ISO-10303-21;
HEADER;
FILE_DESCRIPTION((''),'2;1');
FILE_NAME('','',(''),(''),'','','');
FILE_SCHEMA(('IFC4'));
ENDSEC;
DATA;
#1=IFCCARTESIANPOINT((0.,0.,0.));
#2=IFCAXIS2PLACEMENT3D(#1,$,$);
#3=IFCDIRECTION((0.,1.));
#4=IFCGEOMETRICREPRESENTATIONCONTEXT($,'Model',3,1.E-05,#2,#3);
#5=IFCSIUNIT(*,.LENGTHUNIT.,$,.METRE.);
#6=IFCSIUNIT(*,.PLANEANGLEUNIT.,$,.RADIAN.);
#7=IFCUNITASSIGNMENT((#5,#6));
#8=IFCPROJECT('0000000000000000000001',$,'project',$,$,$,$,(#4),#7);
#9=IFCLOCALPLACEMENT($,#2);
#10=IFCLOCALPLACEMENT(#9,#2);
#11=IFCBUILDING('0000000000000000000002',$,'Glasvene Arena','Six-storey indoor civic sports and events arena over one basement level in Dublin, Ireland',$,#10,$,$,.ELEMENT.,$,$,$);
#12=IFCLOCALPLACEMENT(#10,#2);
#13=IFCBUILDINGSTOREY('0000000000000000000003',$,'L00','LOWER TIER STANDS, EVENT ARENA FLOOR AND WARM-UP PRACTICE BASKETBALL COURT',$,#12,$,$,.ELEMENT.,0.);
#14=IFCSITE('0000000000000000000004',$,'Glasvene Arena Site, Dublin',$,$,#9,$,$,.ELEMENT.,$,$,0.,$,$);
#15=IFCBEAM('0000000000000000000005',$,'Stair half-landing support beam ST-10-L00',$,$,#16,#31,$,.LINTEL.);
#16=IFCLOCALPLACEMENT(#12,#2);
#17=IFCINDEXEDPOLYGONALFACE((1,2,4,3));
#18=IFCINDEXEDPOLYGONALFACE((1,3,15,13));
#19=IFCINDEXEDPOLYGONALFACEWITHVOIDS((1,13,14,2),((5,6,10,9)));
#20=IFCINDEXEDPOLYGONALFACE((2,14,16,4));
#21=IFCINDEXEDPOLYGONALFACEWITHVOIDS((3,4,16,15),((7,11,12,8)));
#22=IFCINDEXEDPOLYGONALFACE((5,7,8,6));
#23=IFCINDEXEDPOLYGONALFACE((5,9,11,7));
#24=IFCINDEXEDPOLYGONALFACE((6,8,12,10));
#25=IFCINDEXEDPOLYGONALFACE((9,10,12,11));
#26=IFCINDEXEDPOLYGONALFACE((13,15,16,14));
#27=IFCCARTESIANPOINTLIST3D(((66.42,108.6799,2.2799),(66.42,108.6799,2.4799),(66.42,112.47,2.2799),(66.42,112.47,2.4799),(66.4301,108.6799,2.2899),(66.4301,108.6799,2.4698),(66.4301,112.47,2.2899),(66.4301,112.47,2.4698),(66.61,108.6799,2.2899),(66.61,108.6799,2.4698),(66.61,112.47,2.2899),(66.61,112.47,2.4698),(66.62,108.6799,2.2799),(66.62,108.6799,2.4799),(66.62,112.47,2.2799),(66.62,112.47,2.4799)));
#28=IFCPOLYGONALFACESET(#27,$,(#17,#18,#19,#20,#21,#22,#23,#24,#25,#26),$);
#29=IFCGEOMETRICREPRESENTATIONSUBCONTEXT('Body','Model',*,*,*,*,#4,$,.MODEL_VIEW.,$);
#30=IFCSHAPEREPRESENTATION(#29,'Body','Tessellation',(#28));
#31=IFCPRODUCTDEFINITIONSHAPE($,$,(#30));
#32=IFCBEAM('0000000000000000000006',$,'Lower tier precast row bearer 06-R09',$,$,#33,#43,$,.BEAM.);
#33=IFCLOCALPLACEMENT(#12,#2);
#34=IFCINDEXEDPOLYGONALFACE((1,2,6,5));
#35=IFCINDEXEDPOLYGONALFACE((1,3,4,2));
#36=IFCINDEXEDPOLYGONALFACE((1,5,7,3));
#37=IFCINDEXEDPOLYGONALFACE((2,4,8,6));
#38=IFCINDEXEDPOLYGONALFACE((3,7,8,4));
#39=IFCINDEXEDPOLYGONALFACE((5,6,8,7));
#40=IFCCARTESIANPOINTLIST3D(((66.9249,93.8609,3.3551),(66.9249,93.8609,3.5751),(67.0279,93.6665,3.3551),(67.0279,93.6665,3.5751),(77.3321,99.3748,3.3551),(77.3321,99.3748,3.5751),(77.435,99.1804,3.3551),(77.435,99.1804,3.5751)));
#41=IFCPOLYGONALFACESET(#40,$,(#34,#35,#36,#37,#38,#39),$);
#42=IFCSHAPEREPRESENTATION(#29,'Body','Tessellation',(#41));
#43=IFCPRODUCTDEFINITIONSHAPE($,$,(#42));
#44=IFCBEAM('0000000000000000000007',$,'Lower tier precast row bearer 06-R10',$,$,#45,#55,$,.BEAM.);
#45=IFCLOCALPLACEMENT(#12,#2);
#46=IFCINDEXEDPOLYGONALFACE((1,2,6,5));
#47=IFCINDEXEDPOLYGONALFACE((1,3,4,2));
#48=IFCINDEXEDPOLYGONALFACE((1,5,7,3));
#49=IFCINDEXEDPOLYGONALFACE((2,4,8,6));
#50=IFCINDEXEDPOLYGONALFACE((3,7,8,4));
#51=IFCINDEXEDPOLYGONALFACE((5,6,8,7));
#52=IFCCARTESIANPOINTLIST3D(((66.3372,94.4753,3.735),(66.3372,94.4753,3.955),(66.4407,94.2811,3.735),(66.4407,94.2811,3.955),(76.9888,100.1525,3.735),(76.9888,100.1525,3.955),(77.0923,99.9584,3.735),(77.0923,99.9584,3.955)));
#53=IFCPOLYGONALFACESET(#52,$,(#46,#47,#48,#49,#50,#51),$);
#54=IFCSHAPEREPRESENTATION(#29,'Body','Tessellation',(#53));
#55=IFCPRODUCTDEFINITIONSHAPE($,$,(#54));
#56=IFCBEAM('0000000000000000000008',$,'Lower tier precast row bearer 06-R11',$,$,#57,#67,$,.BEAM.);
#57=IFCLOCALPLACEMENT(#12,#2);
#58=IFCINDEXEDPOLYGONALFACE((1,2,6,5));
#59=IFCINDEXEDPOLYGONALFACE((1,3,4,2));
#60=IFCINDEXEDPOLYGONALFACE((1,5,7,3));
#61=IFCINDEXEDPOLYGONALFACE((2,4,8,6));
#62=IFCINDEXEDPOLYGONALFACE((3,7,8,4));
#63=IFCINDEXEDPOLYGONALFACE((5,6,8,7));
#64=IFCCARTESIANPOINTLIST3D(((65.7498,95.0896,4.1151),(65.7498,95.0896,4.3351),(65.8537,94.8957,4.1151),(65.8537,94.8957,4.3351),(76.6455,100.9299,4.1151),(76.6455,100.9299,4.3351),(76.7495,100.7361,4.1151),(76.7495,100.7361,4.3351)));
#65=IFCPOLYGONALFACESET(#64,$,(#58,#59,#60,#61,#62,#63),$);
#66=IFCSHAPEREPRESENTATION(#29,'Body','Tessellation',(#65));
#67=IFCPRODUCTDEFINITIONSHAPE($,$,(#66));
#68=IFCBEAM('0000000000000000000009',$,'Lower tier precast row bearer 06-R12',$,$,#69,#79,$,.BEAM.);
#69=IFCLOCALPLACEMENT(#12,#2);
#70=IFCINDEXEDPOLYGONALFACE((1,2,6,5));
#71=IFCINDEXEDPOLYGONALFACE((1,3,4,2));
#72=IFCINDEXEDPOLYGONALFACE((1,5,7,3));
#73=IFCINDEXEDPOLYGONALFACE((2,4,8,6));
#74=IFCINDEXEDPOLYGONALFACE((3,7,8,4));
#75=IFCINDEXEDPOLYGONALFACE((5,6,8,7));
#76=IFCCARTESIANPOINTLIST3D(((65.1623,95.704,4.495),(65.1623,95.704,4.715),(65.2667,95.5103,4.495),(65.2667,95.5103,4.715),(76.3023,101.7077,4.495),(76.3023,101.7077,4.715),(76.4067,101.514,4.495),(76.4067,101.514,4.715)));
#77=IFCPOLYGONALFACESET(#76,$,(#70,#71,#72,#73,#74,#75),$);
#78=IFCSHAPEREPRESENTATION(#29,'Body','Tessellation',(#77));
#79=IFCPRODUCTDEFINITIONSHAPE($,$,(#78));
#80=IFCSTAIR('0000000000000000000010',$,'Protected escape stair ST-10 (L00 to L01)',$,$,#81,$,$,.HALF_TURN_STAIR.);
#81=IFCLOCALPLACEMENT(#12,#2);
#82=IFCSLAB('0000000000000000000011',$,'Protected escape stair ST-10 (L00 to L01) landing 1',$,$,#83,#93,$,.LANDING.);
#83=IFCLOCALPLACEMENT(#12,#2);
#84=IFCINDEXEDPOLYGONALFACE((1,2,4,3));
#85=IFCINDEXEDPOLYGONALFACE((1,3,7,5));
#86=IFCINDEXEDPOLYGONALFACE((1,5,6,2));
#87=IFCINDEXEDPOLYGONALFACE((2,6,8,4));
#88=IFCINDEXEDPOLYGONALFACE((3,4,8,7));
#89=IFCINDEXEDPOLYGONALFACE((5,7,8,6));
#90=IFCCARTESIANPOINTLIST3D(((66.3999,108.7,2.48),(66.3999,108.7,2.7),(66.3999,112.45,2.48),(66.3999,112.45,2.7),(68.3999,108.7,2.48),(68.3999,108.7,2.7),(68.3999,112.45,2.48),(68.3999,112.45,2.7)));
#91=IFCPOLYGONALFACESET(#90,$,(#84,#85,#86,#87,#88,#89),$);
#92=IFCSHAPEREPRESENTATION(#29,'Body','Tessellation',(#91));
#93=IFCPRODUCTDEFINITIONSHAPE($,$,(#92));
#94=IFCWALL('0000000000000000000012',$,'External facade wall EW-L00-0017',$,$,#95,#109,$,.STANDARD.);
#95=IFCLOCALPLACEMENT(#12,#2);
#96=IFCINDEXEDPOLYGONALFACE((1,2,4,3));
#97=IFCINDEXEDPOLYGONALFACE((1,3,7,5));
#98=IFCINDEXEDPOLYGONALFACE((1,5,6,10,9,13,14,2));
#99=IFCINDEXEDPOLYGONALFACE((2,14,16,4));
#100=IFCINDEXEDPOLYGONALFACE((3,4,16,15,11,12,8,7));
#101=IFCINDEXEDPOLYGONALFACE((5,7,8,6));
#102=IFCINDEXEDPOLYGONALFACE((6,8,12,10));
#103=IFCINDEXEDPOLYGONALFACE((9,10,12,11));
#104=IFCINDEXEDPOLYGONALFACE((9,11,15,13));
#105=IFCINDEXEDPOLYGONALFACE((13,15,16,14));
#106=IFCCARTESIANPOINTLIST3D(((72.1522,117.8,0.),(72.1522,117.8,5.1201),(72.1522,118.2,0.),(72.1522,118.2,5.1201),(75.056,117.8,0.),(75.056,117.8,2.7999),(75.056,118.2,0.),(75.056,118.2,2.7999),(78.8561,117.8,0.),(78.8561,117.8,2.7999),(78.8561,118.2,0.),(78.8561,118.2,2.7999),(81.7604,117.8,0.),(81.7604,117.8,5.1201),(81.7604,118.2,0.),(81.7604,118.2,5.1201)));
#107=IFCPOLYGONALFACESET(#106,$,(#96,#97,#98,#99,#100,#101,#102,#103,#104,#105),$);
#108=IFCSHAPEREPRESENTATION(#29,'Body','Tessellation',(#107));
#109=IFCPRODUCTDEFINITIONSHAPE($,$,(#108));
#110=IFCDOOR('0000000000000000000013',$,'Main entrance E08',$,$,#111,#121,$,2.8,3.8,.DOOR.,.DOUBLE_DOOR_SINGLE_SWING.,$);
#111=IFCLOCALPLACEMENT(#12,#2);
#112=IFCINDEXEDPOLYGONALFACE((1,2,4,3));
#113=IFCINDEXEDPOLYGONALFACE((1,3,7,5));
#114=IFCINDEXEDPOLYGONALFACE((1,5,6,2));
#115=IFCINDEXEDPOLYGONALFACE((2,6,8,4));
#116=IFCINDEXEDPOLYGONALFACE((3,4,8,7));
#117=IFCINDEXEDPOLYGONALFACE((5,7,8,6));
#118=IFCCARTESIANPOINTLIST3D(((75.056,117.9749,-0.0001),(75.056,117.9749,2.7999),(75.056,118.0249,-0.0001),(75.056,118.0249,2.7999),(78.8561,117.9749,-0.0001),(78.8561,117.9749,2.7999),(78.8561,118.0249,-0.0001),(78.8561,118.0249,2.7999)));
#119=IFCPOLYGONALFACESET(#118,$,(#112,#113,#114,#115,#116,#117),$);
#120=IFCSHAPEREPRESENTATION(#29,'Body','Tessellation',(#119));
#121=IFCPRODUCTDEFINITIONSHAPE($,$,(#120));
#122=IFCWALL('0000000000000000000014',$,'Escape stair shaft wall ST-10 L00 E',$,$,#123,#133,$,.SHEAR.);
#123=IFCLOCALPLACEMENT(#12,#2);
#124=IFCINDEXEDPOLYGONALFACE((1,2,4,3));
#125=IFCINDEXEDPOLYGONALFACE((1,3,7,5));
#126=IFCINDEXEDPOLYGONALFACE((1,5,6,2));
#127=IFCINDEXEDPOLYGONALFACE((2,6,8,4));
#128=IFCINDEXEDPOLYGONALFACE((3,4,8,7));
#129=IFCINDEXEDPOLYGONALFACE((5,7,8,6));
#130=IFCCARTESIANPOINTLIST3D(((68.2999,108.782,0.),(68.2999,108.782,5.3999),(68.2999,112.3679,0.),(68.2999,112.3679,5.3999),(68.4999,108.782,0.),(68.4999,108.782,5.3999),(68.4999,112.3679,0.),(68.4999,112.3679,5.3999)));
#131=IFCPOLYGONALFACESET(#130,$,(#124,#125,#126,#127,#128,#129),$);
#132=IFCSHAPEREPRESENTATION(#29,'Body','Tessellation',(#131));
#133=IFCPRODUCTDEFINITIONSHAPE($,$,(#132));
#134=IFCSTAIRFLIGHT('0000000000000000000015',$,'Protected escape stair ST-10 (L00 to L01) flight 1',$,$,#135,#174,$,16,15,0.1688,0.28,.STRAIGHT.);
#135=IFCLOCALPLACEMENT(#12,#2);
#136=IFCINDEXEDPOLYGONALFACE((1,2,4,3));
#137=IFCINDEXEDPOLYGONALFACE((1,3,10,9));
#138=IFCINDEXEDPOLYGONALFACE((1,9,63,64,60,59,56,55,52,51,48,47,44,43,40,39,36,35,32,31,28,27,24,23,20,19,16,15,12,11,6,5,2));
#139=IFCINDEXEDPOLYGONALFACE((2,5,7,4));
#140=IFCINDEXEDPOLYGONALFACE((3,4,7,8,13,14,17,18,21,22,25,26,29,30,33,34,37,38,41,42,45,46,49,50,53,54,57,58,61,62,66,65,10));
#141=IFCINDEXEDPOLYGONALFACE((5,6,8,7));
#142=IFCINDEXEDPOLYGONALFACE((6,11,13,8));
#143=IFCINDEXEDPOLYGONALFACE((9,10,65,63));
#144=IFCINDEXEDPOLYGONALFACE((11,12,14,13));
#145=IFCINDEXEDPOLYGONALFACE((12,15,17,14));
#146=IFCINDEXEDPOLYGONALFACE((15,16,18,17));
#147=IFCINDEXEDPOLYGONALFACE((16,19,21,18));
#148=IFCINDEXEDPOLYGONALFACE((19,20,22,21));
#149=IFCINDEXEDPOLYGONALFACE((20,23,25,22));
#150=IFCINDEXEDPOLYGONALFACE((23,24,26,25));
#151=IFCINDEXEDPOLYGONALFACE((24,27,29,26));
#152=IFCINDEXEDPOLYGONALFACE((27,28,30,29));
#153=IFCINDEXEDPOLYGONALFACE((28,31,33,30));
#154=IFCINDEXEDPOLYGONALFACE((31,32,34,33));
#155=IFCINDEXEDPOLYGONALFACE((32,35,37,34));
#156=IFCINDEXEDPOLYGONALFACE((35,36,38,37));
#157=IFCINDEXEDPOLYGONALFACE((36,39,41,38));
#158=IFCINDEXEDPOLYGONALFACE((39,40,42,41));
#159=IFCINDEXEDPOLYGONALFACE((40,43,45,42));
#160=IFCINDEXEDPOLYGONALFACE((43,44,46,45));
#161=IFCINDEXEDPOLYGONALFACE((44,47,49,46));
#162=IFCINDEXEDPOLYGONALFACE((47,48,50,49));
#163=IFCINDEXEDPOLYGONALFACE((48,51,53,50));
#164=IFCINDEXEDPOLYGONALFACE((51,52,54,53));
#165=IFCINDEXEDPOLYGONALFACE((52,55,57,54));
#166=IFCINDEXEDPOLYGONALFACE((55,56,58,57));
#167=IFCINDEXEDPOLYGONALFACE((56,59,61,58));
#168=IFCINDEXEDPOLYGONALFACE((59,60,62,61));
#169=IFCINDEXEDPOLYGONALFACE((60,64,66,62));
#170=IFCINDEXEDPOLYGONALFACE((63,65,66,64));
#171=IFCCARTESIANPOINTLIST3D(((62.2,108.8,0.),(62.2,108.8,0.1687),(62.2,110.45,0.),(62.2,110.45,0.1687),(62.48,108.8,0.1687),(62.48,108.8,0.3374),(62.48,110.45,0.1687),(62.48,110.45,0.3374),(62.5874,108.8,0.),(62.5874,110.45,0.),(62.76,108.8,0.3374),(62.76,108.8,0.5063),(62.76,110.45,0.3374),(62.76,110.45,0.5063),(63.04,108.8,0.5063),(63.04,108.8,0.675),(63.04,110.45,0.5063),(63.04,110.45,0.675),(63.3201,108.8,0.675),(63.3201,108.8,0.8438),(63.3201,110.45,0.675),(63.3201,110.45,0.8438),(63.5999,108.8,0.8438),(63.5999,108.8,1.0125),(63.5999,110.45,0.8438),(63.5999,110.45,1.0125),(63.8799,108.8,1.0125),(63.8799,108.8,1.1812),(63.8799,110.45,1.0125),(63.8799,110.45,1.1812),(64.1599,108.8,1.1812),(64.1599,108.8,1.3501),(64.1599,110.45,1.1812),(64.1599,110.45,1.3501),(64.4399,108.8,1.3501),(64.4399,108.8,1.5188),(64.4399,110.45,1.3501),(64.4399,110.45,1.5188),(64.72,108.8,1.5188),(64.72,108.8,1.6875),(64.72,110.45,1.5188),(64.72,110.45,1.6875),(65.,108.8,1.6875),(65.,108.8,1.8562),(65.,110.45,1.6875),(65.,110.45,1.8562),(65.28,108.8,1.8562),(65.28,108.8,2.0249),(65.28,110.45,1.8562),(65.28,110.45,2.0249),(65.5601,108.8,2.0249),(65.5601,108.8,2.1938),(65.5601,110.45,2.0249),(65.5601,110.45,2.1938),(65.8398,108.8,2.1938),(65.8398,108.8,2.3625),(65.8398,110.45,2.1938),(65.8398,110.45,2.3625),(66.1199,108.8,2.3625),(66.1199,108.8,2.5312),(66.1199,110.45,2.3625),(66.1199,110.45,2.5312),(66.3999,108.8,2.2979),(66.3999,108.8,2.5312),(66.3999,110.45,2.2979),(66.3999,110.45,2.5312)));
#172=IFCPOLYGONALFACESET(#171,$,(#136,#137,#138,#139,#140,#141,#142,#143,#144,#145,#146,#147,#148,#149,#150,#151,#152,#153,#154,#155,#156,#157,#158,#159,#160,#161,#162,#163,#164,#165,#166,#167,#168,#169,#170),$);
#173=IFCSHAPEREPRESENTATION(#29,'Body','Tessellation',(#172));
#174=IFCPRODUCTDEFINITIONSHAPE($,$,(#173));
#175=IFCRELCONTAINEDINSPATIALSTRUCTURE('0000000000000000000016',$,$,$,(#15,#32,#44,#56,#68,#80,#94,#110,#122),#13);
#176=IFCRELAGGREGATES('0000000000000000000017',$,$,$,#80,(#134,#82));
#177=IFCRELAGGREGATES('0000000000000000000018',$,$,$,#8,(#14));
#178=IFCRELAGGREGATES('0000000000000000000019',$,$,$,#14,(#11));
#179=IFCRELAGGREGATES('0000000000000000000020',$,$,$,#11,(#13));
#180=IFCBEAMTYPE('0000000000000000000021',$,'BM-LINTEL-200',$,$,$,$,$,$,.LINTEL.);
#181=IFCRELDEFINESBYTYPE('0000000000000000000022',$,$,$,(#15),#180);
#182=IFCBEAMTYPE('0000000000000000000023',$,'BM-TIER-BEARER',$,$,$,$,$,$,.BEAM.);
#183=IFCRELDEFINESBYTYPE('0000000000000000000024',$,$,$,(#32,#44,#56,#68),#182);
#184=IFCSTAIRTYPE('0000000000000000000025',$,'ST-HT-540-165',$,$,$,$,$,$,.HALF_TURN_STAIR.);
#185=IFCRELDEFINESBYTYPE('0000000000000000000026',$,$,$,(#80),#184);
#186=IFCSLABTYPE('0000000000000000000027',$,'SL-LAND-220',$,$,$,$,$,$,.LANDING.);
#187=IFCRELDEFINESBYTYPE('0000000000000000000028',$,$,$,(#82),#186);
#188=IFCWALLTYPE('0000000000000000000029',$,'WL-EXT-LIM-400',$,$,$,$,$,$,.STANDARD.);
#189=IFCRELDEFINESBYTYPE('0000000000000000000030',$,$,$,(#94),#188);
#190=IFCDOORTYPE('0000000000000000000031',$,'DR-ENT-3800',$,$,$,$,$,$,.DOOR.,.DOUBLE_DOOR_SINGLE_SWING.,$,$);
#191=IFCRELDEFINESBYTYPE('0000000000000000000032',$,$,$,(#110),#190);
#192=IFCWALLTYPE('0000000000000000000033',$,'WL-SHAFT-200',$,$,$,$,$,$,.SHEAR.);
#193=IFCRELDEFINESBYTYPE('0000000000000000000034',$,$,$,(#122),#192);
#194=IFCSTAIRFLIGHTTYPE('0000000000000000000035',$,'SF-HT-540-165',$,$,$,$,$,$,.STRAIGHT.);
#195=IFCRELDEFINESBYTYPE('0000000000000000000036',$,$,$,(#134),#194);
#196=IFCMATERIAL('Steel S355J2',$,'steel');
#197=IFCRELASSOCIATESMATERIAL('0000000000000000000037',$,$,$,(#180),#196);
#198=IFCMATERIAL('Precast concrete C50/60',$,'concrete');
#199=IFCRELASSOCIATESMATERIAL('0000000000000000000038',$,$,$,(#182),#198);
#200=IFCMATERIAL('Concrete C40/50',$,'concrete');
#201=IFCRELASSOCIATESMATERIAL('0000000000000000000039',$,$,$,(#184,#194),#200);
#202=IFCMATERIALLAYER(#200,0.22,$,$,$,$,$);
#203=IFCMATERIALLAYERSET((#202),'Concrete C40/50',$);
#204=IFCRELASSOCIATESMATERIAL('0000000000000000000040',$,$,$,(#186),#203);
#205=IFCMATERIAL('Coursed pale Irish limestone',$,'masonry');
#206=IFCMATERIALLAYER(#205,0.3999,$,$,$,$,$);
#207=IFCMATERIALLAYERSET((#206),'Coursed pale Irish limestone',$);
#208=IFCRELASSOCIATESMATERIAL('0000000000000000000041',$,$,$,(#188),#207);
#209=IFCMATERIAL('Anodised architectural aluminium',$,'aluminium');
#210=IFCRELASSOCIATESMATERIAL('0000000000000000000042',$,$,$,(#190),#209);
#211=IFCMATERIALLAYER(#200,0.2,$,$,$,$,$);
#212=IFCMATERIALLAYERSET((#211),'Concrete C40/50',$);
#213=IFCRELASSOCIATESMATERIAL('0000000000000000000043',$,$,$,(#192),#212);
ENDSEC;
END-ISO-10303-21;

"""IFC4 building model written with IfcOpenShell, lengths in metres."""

from ifc_helpers import new_model, si_unit, direction, frame, frame_2d, origin, origin_2d, place, context, subcontext, project, spatial, polyline, rectangle, hollow_rectangle, outline, extrude, material, layer, layer_set, material_profile, profile_set, type_object, element, fill, aggregate, save


model = new_model("IFC4")

# Units and contexts
model_context = context("Model", 3, precision=1e-05, world=origin(), true_north=direction((0.0, 1.0)))
body_context = subcontext(model_context, "Body", "Model", "MODEL_VIEW")
ifc_project = project(units=[si_unit("LENGTHUNIT", "METRE"), si_unit("PLANEANGLEUNIT", "RADIAN")], contexts=[model_context])

# Site, building, storey
site_placement = place(None, origin())
site = spatial("IfcSite", under=ifc_project, at=site_placement, Name="Glasvene Arena Site, Dublin", CompositionType="ELEMENT", RefElevation=0.0)
building_placement = place(site_placement, origin())
building = spatial("IfcBuilding", under=site, at=building_placement, Name="Glasvene Arena", Description="Six-storey indoor civic sports and events arena over one basement level in Dublin, Ireland", CompositionType="ELEMENT")
storey_placement = place(building_placement, origin())
storey = spatial("IfcBuildingStorey", under=building, at=storey_placement, Name="L00", Description="LOWER TIER STANDS, EVENT ARENA FLOOR AND WARM-UP PRACTICE BASKETBALL COURT", CompositionType="ELEMENT", Elevation=0.0)

# Shared definitions
ifc_material_1 = material(Name="Concrete C40/50", Category="concrete")
ifc_material_2 = material(Name="Steel S355J2", Category="steel")

# Beams
ifc_material_profile_1 = material_profile(ifc_material_2, hollow_rectangle(XDim=0.2, YDim=0.2, WallThickness=0.01, at=origin_2d()), Name="SHS 200x200x10.0")
ifc_profile_set_1 = profile_set([ifc_material_profile_1], Name="Steel S355J2")
beam_type_1 = type_object("IfcBeamType", Name="BM-LINTEL-200", PredefinedType="LINTEL", material=ifc_profile_set_1)
beam_1_placement = place(storey_placement, frame((66.52, 108.6799, 2.3799), z_axis=(0.0, 1.0, 0.0), x_axis=(-1.0, 0.0, 0.0)))
element("IfcBeam", 1, at=beam_1_placement, inside=storey, type_object=beam_type_1, Name="Stair half-landing support beam ST-10-L00", PredefinedType="LINTEL", context=body_context, shape_type="SweptSolid", body=[
    extrude(hollow_rectangle(XDim=0.2, YDim=0.2, WallThickness=0.01, at=origin_2d()), origin(), (0.0, 0.0, 1.0), 3.79),
])
ifc_material_3 = material(Name="Precast concrete C50/60", Category="concrete")
ifc_material_profile_2 = material_profile(ifc_material_3, rectangle(XDim=0.22, YDim=0.22, at=origin_2d()), Name="RC 220x220")
ifc_profile_set_2 = profile_set([ifc_material_profile_2], Name="Precast concrete C50/60")
beam_type_2 = type_object("IfcBeamType", Name="BM-TIER-BEARER", PredefinedType="BEAM", material=ifc_profile_set_2)
beam_2_placement = place(storey_placement, frame((77.3835, 99.2776, 3.4651), z_axis=(-0.88364, -0.468167, 0.0), x_axis=(0.468167, -0.88364, 0.0)))
element("IfcBeam", 2, at=beam_2_placement, inside=storey, type_object=beam_type_2, Name="Lower tier precast row bearer 06-R09", PredefinedType="BEAM", context=body_context, shape_type="SweptSolid", body=[
    extrude(rectangle(XDim=0.22, YDim=0.22, at=origin_2d()), origin(), (0.0, 0.0, 1.0), 11.7776),
])
beam_3_placement = place(storey_placement, frame((77.0405, 100.0554, 3.845), z_axis=(-0.882477, -0.470355, 0.0), x_axis=(0.470355, -0.882477, 0.0)))
element("IfcBeam", 3, at=beam_3_placement, inside=storey, type_object=beam_type_2, Name="Lower tier precast row bearer 06-R10", PredefinedType="BEAM", context=body_context, shape_type="SweptSolid", body=[
    extrude(rectangle(XDim=0.22, YDim=0.22, at=origin_2d()), origin(), (0.0, 0.0, 1.0), 12.0701),
])
beam_4_placement = place(storey_placement, frame((76.6975, 100.833, 4.2251), z_axis=(-0.881368, -0.47243, 0.0), x_axis=(0.47243, -0.881368, 0.0)))
element("IfcBeam", 4, at=beam_4_placement, inside=storey, type_object=beam_type_2, Name="Lower tier precast row bearer 06-R11", PredefinedType="BEAM", context=body_context, shape_type="SweptSolid", body=[
    extrude(rectangle(XDim=0.22, YDim=0.22, at=origin_2d()), origin(), (0.0, 0.0, 1.0), 12.3623),
])
beam_5_placement = place(storey_placement, frame((76.3545, 101.6108, 4.605), z_axis=(-0.880298, -0.474422, 0.0), x_axis=(0.474422, -0.880298, 0.0)))
element("IfcBeam", 5, at=beam_5_placement, inside=storey, type_object=beam_type_2, Name="Lower tier precast row bearer 06-R12", PredefinedType="BEAM", context=body_context, shape_type="SweptSolid", body=[
    extrude(rectangle(XDim=0.22, YDim=0.22, at=origin_2d()), origin(), (0.0, 0.0, 1.0), 12.6548),
])

# Stair, slab
stair_type = type_object("IfcStairType", Name="ST-HT-540-165", PredefinedType="HALF_TURN_STAIR", material=ifc_material_1)
stair_placement = place(storey_placement, origin())
stair = element("IfcStair", 6, at=stair_placement, inside=storey, type_object=stair_type, Name="Protected escape stair ST-10 (L00 to L01)", PredefinedType="HALF_TURN_STAIR")
ifc_layer_1 = layer(ifc_material_1, 0.22)
ifc_layer_set_1 = layer_set([ifc_layer_1], Name="Concrete C40/50")
slab_type_1 = type_object("IfcSlabType", Name="SL-LAND-220", PredefinedType="LANDING", material=ifc_layer_set_1)
slab_1_placement = place(storey_placement, frame((67.3999, 110.575, 2.48)))
slab_1 = element("IfcSlab", 7, at=slab_1_placement, type_object=slab_type_1, Name="Protected escape stair ST-10 (L00 to L01) landing 1", PredefinedType="LANDING", context=body_context, shape_type="SweptSolid", body=[
    extrude(outline(polyline([(-1.0, -1.875), (1.0, -1.875), (1.0, 1.875), (-1.0, 1.875), (-1.0, -1.875)])), origin(), (0.0, 0.0, 1.0), 0.22),
])

# Wall, opening, door
ifc_material_4 = material(Name="Coursed pale Irish limestone", Category="masonry")
ifc_layer_2 = layer(ifc_material_4, 0.3999)
ifc_layer_set_2 = layer_set([ifc_layer_2], Name="Coursed pale Irish limestone")
wall_type_1 = type_object("IfcWallType", Name="WL-EXT-LIM-400", PredefinedType="STANDARD", material=ifc_layer_set_2)
wall_1_placement = place(storey_placement, frame((72.1521, 118.0, 0.0), z_axis=(0.0, 0.0, 1.0), x_axis=(1.0, 0.0, 0.0)))
wall_1 = element("IfcWall", 8, at=wall_1_placement, inside=storey, type_object=wall_type_1, Name="External facade wall EW-L00-0017", PredefinedType="STANDARD", context=body_context, shape_type="SweptSolid", body=[
    extrude(rectangle(XDim=9.6082, YDim=0.3999, at=frame_2d((4.8042, 0.0))), origin(), (0.0, 0.0, 1.0), 5.1201),
])
opening_placement = place(wall_1_placement, frame((2.9041, 0.0, 0.0)))
opening = element("IfcOpeningElement", 9, at=opening_placement, cuts=wall_1, PredefinedType="OPENING", context=body_context, shape_type="SweptSolid", body=[
    extrude(rectangle(XDim=3.8, YDim=2.8, at=frame_2d((1.8999, 1.3999))), frame((0.0, 0.21, 0.0), z_axis=(0.0, -1.0, 0.0), x_axis=(1.0, 0.0, 0.0)), (0.0, 0.0, 1.0), 0.4199),
])
ifc_material_5 = material(Name="Anodised architectural aluminium", Category="aluminium")
door_type = type_object("IfcDoorType", Name="DR-ENT-3800", OperationType="DOUBLE_DOOR_SINGLE_SWING", PredefinedType="DOOR", material=ifc_material_5)
door_placement = place(opening_placement, origin())
door = element("IfcDoor", 10, at=door_placement, inside=storey, type_object=door_type, Name="Main entrance E08", OperationType="DOUBLE_DOOR_SINGLE_SWING", OverallHeight=2.8, OverallWidth=3.8, PredefinedType="DOOR", context=body_context, shape_type="SweptSolid", body=[
    extrude(rectangle(XDim=3.8, YDim=2.8, at=frame_2d((1.8999, 1.3999))), frame((0.0, 0.0249, 0.0), z_axis=(0.0, -1.0, 0.0), x_axis=(1.0, 0.0, 0.0)), (0.0, 0.0, 1.0), 0.05),
])
fill(opening, door)

# Wall
ifc_layer_3 = layer(ifc_material_1, 0.2)
ifc_layer_set_3 = layer_set([ifc_layer_3], Name="Concrete C40/50")
wall_type_2 = type_object("IfcWallType", Name="WL-SHAFT-200", PredefinedType="SHEAR", material=ifc_layer_set_3)
wall_2_placement = place(storey_placement, frame((68.3999, 108.782, 0.0), z_axis=(0.0, 0.0, 1.0), x_axis=(0.0, 1.0, 0.0)))
element("IfcWall", 11, at=wall_2_placement, inside=storey, type_object=wall_type_2, Name="Escape stair shaft wall ST-10 L00 E", PredefinedType="SHEAR", context=body_context, shape_type="SweptSolid", body=[
    extrude(rectangle(XDim=3.5859, YDim=0.2, at=frame_2d((1.793, 0.0))), origin(), (0.0, 0.0, 1.0), 5.3999),
])

# Stair flight
stair_flight_type = type_object("IfcStairFlightType", Name="SF-HT-540-165", PredefinedType="STRAIGHT", material=ifc_material_1)
stair_flight_1_placement = place(storey_placement, frame((62.2, 109.625, 0.0), z_axis=(0.0, 0.0, 1.0), x_axis=(1.0, 0.0, 0.0)))
stair_flight_1 = element("IfcStairFlight", 12, at=stair_flight_1_placement, type_object=stair_flight_type, Name="Protected escape stair ST-10 (L00 to L01) flight 1", NumberOfRisers=16, NumberOfTreads=15, PredefinedType="STRAIGHT", RiserHeight=0.1688, TreadLength=0.28, context=body_context, shape_type="SweptSolid", body=[
    extrude(outline(polyline([(0.0, 0.0), (0.0, 0.1687), (0.28, 0.1687), (0.28, 0.3374), (0.5601, 0.3374), (0.5601, 0.5063), (0.8401, 0.5063), (0.8401, 0.675), (1.1201, 0.675), (1.1201, 0.8438), (1.3999, 0.8438), (1.3999, 1.0125), (1.6799, 1.0125), (1.6799, 1.1812), (1.96, 1.1812), (1.96, 1.3501), (2.24, 1.3501), (2.24, 1.5188), (2.52, 1.5188), (2.52, 1.6875), (2.8, 1.6875), (2.8, 1.8562), (3.0801, 1.8562), (3.0801, 2.0249), (3.3601, 2.0249), (3.3601, 2.1938), (3.6399, 2.1938), (3.6399, 2.3625), (3.9199, 2.3625), (3.9199, 2.5312), (4.2, 2.5312), (4.2, 2.7), (4.2, 2.2979), (0.3875, 0.0), (0.0, 0.0)])), frame((0.0, 0.825, 0.0), z_axis=(0.0, -1.0, 0.0), x_axis=(1.0, 0.0, 0.0)), (0.0, 0.0, 1.0), 1.6499),
])
aggregate(stair, [stair_flight_1, slab_1])

save(model, "model.ifc")
